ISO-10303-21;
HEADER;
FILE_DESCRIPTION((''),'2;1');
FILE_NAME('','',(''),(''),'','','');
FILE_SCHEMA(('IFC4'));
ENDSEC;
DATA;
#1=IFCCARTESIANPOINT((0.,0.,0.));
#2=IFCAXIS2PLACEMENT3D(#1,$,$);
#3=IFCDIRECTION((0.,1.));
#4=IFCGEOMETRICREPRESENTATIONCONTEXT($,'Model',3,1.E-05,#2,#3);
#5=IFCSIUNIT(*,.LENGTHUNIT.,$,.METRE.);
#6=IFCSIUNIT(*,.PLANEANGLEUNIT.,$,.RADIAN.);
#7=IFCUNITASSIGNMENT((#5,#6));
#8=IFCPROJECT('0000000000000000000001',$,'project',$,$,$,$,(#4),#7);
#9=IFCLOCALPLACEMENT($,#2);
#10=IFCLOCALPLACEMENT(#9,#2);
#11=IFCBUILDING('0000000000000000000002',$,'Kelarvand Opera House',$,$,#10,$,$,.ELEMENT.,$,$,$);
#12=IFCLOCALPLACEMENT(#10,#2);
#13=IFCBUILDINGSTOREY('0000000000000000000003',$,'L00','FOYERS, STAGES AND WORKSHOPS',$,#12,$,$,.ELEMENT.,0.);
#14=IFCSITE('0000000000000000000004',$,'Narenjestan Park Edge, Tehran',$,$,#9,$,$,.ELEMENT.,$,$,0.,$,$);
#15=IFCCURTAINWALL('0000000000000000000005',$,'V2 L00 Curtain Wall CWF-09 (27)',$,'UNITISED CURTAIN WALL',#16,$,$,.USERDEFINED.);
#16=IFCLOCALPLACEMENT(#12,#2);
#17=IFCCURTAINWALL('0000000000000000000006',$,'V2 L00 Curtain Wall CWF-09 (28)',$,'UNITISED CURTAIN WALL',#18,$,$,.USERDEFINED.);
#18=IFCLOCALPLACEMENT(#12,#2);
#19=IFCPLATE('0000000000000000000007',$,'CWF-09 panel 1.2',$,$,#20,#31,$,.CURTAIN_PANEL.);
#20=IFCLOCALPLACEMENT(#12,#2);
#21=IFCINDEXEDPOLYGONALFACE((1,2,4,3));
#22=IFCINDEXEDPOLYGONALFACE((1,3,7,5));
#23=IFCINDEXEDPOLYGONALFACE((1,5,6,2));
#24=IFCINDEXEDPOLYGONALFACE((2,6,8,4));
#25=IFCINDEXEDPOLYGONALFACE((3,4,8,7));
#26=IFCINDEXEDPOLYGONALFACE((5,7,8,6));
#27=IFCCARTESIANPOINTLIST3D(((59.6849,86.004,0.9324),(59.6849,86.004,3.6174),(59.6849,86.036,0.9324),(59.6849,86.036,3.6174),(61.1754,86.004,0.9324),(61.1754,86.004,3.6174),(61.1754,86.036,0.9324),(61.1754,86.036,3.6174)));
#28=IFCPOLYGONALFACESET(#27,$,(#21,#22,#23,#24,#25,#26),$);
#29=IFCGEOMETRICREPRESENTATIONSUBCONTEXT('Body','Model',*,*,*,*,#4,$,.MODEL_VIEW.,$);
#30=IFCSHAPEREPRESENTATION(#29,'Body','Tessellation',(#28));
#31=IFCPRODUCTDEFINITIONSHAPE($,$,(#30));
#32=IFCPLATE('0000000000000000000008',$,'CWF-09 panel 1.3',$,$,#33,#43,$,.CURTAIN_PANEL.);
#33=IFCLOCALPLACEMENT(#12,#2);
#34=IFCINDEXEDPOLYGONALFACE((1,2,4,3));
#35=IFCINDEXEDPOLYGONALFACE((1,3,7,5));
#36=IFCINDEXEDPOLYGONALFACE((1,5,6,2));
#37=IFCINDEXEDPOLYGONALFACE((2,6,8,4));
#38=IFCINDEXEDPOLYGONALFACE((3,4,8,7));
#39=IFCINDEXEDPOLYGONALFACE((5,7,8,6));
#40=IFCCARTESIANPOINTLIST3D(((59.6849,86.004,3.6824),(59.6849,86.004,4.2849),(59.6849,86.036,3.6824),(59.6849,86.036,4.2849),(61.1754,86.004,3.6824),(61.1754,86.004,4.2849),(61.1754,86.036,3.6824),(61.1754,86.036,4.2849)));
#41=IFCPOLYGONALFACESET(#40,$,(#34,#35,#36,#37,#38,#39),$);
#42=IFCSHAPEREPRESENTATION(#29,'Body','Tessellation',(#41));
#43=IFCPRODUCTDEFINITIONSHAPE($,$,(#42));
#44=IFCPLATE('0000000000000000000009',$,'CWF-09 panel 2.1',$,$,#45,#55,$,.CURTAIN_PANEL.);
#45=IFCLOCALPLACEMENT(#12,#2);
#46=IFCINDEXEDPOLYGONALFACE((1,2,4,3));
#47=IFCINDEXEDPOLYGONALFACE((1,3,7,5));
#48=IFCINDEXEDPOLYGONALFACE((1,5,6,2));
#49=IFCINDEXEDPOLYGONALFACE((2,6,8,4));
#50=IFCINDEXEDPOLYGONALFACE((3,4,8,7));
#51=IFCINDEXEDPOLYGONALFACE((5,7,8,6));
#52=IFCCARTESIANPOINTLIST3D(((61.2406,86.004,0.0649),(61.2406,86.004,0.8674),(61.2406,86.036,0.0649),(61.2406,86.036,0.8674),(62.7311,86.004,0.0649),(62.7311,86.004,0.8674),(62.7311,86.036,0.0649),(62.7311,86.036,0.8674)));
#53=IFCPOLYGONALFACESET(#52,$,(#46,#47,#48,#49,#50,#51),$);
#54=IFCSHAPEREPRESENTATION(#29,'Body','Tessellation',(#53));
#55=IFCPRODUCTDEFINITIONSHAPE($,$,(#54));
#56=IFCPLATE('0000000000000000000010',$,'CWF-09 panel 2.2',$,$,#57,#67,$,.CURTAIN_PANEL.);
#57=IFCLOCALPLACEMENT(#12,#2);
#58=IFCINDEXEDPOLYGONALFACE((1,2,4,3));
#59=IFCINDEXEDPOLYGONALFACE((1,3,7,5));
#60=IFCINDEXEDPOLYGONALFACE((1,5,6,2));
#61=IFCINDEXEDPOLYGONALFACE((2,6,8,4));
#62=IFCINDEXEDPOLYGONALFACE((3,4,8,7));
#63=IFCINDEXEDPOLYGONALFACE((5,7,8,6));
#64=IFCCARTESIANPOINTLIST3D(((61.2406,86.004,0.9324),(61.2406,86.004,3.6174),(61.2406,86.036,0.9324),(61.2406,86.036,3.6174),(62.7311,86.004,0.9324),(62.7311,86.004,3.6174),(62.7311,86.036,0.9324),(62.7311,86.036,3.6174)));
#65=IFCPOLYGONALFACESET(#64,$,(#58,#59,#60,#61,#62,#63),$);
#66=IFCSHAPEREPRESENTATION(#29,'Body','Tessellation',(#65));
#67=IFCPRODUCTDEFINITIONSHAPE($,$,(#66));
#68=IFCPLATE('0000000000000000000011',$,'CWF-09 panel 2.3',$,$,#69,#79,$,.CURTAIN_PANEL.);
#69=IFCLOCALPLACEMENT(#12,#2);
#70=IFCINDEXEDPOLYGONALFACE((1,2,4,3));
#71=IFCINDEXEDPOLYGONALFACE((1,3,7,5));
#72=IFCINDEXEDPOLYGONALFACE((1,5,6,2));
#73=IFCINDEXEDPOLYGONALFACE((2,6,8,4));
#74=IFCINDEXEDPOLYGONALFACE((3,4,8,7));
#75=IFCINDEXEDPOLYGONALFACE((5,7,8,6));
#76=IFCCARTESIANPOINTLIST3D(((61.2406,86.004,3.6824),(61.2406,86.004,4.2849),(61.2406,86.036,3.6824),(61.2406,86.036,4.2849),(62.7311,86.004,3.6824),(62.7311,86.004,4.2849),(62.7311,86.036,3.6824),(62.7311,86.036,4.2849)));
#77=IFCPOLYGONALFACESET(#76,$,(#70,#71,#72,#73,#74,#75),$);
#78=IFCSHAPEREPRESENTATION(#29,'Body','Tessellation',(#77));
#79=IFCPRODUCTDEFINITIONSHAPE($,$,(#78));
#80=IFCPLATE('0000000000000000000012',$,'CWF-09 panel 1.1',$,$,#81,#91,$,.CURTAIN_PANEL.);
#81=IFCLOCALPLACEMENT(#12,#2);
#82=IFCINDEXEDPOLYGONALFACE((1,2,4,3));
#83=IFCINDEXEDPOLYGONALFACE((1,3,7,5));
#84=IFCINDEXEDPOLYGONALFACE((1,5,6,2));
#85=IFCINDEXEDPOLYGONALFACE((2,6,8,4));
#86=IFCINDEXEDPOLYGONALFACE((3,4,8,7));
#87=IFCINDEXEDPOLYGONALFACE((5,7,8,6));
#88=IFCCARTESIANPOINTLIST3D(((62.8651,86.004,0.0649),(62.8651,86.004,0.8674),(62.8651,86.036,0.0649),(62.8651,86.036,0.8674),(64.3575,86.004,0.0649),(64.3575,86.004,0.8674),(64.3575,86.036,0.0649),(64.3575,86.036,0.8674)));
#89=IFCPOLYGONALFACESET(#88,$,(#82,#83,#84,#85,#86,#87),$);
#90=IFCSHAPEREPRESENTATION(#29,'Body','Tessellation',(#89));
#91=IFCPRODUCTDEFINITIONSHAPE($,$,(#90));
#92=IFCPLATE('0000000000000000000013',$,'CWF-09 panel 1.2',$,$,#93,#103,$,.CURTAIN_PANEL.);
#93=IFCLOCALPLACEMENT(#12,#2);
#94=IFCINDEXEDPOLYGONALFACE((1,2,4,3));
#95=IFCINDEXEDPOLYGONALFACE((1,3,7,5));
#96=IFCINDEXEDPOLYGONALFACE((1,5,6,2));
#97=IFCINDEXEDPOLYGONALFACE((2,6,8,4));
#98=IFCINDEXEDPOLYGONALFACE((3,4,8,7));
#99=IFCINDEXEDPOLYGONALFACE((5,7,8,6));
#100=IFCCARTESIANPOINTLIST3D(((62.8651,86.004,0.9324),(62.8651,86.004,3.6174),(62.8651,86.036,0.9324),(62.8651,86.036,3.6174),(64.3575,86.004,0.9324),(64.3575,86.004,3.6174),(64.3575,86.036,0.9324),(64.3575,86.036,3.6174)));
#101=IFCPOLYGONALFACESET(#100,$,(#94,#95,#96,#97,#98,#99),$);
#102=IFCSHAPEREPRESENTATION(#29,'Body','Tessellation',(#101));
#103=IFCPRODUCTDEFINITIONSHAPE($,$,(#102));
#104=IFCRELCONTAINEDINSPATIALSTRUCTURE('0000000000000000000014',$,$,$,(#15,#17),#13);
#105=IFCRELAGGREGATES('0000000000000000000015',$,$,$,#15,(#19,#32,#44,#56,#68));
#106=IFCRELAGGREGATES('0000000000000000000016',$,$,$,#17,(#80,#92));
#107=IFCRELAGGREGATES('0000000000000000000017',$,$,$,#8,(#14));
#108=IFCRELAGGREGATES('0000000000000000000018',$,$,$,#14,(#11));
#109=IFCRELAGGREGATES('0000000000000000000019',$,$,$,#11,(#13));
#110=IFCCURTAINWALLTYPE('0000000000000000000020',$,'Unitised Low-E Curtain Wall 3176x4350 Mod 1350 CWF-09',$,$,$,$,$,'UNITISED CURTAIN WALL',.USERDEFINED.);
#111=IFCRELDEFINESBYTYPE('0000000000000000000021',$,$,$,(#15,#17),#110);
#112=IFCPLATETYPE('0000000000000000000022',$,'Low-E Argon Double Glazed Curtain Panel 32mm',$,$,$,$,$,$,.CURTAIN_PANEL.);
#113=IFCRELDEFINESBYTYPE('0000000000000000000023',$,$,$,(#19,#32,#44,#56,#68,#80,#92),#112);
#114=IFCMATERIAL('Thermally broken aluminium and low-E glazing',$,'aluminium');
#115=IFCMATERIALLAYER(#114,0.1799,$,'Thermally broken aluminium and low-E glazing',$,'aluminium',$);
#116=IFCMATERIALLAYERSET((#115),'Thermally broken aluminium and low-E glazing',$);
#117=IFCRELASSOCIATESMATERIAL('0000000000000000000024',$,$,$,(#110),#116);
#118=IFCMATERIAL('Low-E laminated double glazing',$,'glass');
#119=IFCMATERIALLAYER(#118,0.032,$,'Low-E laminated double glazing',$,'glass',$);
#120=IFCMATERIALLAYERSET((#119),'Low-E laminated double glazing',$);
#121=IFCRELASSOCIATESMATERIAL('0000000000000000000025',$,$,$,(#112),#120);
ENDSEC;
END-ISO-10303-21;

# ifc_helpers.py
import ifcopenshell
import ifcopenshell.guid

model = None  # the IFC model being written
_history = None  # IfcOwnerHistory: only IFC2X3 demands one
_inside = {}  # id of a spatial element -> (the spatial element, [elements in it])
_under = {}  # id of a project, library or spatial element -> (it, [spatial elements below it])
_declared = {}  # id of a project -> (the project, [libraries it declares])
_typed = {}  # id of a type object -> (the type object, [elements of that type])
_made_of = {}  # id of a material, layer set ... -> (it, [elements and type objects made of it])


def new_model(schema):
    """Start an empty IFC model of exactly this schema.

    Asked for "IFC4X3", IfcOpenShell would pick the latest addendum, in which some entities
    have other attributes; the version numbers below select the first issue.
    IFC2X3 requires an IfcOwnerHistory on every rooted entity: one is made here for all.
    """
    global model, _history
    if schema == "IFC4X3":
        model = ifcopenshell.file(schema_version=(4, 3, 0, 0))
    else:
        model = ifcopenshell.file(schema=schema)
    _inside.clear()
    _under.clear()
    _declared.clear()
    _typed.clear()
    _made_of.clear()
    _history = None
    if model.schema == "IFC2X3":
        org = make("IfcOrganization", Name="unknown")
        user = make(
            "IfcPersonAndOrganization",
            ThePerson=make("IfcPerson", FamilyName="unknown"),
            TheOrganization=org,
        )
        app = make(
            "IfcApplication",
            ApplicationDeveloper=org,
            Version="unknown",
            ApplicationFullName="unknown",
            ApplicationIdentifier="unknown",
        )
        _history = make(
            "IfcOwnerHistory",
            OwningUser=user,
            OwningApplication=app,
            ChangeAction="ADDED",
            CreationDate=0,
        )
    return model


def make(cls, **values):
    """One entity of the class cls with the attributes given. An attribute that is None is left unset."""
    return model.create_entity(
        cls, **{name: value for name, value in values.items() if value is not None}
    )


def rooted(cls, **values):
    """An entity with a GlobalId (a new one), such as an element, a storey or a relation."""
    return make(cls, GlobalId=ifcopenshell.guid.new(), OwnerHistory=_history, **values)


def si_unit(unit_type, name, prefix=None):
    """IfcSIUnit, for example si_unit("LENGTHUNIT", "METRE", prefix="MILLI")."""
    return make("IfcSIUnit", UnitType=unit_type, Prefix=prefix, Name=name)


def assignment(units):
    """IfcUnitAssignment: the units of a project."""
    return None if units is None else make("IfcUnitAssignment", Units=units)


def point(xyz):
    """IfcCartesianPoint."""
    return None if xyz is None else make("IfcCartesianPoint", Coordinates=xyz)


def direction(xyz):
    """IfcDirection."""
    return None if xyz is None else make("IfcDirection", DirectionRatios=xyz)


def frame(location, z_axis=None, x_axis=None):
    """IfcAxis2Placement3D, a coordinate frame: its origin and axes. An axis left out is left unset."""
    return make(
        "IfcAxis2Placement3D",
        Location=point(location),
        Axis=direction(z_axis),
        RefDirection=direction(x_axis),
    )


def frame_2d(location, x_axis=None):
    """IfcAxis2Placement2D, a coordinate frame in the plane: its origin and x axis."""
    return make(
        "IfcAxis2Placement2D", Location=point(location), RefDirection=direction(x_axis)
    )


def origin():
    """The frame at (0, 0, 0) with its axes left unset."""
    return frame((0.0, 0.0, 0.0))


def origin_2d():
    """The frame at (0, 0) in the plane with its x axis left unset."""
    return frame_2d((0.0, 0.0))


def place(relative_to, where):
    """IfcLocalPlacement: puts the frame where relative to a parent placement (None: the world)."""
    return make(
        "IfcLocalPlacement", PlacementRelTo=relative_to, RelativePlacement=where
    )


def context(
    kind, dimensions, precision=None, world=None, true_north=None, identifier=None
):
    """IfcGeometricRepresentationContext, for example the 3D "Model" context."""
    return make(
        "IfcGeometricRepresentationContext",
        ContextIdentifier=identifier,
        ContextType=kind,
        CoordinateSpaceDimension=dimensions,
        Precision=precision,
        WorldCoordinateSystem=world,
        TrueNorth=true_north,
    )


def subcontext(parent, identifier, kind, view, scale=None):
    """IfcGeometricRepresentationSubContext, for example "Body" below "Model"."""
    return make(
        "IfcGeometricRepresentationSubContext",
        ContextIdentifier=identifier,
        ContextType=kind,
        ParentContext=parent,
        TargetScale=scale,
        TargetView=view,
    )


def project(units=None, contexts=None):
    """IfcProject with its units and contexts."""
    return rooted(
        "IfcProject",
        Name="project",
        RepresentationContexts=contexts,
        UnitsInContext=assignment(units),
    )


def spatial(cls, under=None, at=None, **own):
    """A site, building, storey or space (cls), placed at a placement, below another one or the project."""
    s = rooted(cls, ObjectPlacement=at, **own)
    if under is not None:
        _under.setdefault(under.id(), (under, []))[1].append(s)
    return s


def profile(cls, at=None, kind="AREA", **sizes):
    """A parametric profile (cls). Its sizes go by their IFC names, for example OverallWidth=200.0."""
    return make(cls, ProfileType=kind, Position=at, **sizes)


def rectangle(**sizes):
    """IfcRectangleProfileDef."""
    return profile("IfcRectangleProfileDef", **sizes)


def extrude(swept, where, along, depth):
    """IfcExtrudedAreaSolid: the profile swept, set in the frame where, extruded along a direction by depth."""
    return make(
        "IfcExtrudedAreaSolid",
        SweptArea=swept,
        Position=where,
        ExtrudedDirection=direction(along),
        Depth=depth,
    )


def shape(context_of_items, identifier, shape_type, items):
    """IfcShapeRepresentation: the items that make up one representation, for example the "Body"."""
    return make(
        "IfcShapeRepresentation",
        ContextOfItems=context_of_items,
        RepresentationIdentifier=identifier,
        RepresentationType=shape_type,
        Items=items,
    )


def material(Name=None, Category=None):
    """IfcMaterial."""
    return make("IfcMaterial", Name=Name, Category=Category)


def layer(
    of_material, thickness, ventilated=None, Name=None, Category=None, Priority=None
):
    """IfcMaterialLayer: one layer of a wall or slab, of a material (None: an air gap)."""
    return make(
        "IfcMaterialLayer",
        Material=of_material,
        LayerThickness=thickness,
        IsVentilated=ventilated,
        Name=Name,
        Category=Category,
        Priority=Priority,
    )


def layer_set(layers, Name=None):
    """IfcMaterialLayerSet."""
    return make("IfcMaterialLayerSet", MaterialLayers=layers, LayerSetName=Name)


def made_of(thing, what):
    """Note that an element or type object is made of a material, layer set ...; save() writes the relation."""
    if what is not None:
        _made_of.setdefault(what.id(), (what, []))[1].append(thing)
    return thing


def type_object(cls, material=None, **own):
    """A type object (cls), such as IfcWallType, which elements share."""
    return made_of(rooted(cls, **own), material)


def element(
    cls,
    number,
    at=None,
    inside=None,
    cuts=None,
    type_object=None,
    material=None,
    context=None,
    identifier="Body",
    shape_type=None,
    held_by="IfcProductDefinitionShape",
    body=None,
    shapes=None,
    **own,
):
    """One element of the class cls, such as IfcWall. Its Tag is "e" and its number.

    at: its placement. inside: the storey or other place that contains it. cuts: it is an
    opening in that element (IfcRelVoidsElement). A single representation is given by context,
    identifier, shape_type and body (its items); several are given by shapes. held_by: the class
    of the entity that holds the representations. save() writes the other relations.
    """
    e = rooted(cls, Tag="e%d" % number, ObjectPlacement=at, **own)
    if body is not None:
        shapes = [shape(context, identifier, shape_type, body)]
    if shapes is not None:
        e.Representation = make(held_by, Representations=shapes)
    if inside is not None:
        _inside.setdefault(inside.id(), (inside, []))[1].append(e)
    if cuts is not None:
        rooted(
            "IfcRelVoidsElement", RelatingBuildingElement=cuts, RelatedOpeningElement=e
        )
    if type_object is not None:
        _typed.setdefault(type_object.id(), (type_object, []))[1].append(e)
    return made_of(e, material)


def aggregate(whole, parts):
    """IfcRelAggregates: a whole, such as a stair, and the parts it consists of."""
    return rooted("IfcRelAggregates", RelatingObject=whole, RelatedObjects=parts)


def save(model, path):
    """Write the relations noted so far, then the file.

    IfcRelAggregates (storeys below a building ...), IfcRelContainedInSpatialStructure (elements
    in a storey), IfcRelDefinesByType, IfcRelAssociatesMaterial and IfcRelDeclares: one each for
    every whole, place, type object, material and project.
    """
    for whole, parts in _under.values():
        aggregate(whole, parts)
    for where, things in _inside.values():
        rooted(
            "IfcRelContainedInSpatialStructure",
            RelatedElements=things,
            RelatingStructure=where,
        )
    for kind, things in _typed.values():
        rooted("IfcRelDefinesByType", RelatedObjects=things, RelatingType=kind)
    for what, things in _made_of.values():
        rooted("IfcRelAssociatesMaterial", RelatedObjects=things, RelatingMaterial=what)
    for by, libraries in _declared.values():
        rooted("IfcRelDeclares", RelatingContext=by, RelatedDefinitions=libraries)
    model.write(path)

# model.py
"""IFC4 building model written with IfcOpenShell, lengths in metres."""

from ifc_helpers import new_model, si_unit, direction, frame, origin, origin_2d, place, context, subcontext, project, spatial, rectangle, extrude, material, layer, layer_set, type_object, element, aggregate, save


model = new_model("IFC4")

# Units and contexts
model_context = context("Model", 3, precision=1e-05, world=origin(), true_north=direction((0.0, 1.0)))
body_context = subcontext(model_context, "Body", "Model", "MODEL_VIEW")
ifc_project = project(units=[si_unit("LENGTHUNIT", "METRE"), si_unit("PLANEANGLEUNIT", "RADIAN")], contexts=[model_context])

# Site, building, storey
site_placement = place(None, origin())
site = spatial("IfcSite", under=ifc_project, at=site_placement, Name="Narenjestan Park Edge, Tehran", CompositionType="ELEMENT", RefElevation=0.0)
building_placement = place(site_placement, origin())
building = spatial("IfcBuilding", under=site, at=building_placement, Name="Kelarvand Opera House", CompositionType="ELEMENT")
storey_placement = place(building_placement, origin())
storey = spatial("IfcBuildingStorey", under=building, at=storey_placement, Name="L00", Description="FOYERS, STAGES AND WORKSHOPS", CompositionType="ELEMENT", Elevation=0.0)

# Curtain wall
ifc_material_1 = material(Name="Thermally broken aluminium and low-E glazing", Category="aluminium")
ifc_layer_1 = layer(ifc_material_1, 0.1799, Name="Thermally broken aluminium and low-E glazing", Category="aluminium")
ifc_layer_set_1 = layer_set([ifc_layer_1], Name="Thermally broken aluminium and low-E glazing")
curtain_wall_type = type_object("IfcCurtainWallType", Name="Unitised Low-E Curtain Wall 3176x4350 Mod 1350 CWF-09", ElementType="UNITISED CURTAIN WALL", PredefinedType="USERDEFINED", material=ifc_layer_set_1)
curtain_wall_1_placement = place(storey_placement, origin())
curtain_wall_1 = element("IfcCurtainWall", 1, at=curtain_wall_1_placement, inside=storey, type_object=curtain_wall_type, Name="V2 L00 Curtain Wall CWF-09 (27)", ObjectType="UNITISED CURTAIN WALL", PredefinedType="USERDEFINED")

# Curtain wall
curtain_wall_2_placement = place(storey_placement, origin())
curtain_wall_2 = element("IfcCurtainWall", 2, at=curtain_wall_2_placement, inside=storey, type_object=curtain_wall_type, Name="V2 L00 Curtain Wall CWF-09 (28)", ObjectType="UNITISED CURTAIN WALL", PredefinedType="USERDEFINED")

# Plates
ifc_material_2 = material(Name="Low-E laminated double glazing", Category="glass")
ifc_layer_2 = layer(ifc_material_2, 0.032, Name="Low-E laminated double glazing", Category="glass")
ifc_layer_set_2 = layer_set([ifc_layer_2], Name="Low-E laminated double glazing")
plate_type = type_object("IfcPlateType", Name="Low-E Argon Double Glazed Curtain Panel 32mm", PredefinedType="CURTAIN_PANEL", material=ifc_layer_set_2)
plate_1_placement = place(storey_placement, frame((60.4302, 86.02, 0.9324), z_axis=(0.0, 0.0, 1.0), x_axis=(1.0, 0.0, 0.0)))
plate_1 = element("IfcPlate", 3, at=plate_1_placement, type_object=plate_type, Name="CWF-09 panel 1.2", PredefinedType="CURTAIN_PANEL", context=body_context, shape_type="SweptSolid", body=[
    extrude(rectangle(XDim=1.4905, YDim=0.032, at=origin_2d()), origin(), (0.0, 0.0, 1.0), 2.6851),
])
plate_2_placement = place(storey_placement, frame((60.4302, 86.02, 3.6824), z_axis=(0.0, 0.0, 1.0), x_axis=(1.0, 0.0, 0.0)))
plate_2 = element("IfcPlate", 4, at=plate_2_placement, type_object=plate_type, Name="CWF-09 panel 1.3", PredefinedType="CURTAIN_PANEL", context=body_context, shape_type="SweptSolid", body=[
    extrude(rectangle(XDim=1.4905, YDim=0.032, at=origin_2d()), origin(), (0.0, 0.0, 1.0), 0.6025),
])
plate_3_placement = place(storey_placement, frame((61.9858, 86.02, 0.0649), z_axis=(0.0, 0.0, 1.0), x_axis=(1.0, 0.0, 0.0)))
plate_3 = element("IfcPlate", 5, at=plate_3_placement, type_object=plate_type, Name="CWF-09 panel 2.1", PredefinedType="CURTAIN_PANEL", context=body_context, shape_type="SweptSolid", body=[
    extrude(rectangle(XDim=1.4905, YDim=0.032, at=origin_2d()), origin(), (0.0, 0.0, 1.0), 0.8025),
])
plate_4_placement = place(storey_placement, frame((61.9858, 86.02, 0.9324), z_axis=(0.0, 0.0, 1.0), x_axis=(1.0, 0.0, 0.0)))
plate_4 = element("IfcPlate", 6, at=plate_4_placement, type_object=plate_type, Name="CWF-09 panel 2.2", PredefinedType="CURTAIN_PANEL", context=body_context, shape_type="SweptSolid", body=[
    extrude(rectangle(XDim=1.4905, YDim=0.032, at=origin_2d()), origin(), (0.0, 0.0, 1.0), 2.6851),
])
plate_5_placement = place(storey_placement, frame((61.9858, 86.02, 3.6824), z_axis=(0.0, 0.0, 1.0), x_axis=(1.0, 0.0, 0.0)))
plate_5 = element("IfcPlate", 7, at=plate_5_placement, type_object=plate_type, Name="CWF-09 panel 2.3", PredefinedType="CURTAIN_PANEL", context=body_context, shape_type="SweptSolid", body=[
    extrude(rectangle(XDim=1.4905, YDim=0.032, at=origin_2d()), origin(), (0.0, 0.0, 1.0), 0.6025),
])
aggregate(curtain_wall_1, [plate_1, plate_2, plate_3, plate_4, plate_5])
plate_6_placement = place(storey_placement, frame((63.6113, 86.02, 0.0649), z_axis=(0.0, 0.0, 1.0), x_axis=(1.0, 0.0, 0.0)))
plate_6 = element("IfcPlate", 8, at=plate_6_placement, type_object=plate_type, Name="CWF-09 panel 1.1", PredefinedType="CURTAIN_PANEL", context=body_context, shape_type="SweptSolid", body=[
    extrude(rectangle(XDim=1.4924, YDim=0.032, at=origin_2d()), origin(), (0.0, 0.0, 1.0), 0.8025),
])
plate_7_placement = place(storey_placement, frame((63.6113, 86.02, 0.9324), z_axis=(0.0, 0.0, 1.0), x_axis=(1.0, 0.0, 0.0)))
plate_7 = element("IfcPlate", 9, at=plate_7_placement, type_object=plate_type, Name="CWF-09 panel 1.2", PredefinedType="CURTAIN_PANEL", context=body_context, shape_type="SweptSolid", body=[
    extrude(rectangle(XDim=1.4924, YDim=0.032, at=origin_2d()), origin(), (0.0, 0.0, 1.0), 2.6851),
])
aggregate(curtain_wall_2, [plate_6, plate_7])

save(model, "model.ifc")
